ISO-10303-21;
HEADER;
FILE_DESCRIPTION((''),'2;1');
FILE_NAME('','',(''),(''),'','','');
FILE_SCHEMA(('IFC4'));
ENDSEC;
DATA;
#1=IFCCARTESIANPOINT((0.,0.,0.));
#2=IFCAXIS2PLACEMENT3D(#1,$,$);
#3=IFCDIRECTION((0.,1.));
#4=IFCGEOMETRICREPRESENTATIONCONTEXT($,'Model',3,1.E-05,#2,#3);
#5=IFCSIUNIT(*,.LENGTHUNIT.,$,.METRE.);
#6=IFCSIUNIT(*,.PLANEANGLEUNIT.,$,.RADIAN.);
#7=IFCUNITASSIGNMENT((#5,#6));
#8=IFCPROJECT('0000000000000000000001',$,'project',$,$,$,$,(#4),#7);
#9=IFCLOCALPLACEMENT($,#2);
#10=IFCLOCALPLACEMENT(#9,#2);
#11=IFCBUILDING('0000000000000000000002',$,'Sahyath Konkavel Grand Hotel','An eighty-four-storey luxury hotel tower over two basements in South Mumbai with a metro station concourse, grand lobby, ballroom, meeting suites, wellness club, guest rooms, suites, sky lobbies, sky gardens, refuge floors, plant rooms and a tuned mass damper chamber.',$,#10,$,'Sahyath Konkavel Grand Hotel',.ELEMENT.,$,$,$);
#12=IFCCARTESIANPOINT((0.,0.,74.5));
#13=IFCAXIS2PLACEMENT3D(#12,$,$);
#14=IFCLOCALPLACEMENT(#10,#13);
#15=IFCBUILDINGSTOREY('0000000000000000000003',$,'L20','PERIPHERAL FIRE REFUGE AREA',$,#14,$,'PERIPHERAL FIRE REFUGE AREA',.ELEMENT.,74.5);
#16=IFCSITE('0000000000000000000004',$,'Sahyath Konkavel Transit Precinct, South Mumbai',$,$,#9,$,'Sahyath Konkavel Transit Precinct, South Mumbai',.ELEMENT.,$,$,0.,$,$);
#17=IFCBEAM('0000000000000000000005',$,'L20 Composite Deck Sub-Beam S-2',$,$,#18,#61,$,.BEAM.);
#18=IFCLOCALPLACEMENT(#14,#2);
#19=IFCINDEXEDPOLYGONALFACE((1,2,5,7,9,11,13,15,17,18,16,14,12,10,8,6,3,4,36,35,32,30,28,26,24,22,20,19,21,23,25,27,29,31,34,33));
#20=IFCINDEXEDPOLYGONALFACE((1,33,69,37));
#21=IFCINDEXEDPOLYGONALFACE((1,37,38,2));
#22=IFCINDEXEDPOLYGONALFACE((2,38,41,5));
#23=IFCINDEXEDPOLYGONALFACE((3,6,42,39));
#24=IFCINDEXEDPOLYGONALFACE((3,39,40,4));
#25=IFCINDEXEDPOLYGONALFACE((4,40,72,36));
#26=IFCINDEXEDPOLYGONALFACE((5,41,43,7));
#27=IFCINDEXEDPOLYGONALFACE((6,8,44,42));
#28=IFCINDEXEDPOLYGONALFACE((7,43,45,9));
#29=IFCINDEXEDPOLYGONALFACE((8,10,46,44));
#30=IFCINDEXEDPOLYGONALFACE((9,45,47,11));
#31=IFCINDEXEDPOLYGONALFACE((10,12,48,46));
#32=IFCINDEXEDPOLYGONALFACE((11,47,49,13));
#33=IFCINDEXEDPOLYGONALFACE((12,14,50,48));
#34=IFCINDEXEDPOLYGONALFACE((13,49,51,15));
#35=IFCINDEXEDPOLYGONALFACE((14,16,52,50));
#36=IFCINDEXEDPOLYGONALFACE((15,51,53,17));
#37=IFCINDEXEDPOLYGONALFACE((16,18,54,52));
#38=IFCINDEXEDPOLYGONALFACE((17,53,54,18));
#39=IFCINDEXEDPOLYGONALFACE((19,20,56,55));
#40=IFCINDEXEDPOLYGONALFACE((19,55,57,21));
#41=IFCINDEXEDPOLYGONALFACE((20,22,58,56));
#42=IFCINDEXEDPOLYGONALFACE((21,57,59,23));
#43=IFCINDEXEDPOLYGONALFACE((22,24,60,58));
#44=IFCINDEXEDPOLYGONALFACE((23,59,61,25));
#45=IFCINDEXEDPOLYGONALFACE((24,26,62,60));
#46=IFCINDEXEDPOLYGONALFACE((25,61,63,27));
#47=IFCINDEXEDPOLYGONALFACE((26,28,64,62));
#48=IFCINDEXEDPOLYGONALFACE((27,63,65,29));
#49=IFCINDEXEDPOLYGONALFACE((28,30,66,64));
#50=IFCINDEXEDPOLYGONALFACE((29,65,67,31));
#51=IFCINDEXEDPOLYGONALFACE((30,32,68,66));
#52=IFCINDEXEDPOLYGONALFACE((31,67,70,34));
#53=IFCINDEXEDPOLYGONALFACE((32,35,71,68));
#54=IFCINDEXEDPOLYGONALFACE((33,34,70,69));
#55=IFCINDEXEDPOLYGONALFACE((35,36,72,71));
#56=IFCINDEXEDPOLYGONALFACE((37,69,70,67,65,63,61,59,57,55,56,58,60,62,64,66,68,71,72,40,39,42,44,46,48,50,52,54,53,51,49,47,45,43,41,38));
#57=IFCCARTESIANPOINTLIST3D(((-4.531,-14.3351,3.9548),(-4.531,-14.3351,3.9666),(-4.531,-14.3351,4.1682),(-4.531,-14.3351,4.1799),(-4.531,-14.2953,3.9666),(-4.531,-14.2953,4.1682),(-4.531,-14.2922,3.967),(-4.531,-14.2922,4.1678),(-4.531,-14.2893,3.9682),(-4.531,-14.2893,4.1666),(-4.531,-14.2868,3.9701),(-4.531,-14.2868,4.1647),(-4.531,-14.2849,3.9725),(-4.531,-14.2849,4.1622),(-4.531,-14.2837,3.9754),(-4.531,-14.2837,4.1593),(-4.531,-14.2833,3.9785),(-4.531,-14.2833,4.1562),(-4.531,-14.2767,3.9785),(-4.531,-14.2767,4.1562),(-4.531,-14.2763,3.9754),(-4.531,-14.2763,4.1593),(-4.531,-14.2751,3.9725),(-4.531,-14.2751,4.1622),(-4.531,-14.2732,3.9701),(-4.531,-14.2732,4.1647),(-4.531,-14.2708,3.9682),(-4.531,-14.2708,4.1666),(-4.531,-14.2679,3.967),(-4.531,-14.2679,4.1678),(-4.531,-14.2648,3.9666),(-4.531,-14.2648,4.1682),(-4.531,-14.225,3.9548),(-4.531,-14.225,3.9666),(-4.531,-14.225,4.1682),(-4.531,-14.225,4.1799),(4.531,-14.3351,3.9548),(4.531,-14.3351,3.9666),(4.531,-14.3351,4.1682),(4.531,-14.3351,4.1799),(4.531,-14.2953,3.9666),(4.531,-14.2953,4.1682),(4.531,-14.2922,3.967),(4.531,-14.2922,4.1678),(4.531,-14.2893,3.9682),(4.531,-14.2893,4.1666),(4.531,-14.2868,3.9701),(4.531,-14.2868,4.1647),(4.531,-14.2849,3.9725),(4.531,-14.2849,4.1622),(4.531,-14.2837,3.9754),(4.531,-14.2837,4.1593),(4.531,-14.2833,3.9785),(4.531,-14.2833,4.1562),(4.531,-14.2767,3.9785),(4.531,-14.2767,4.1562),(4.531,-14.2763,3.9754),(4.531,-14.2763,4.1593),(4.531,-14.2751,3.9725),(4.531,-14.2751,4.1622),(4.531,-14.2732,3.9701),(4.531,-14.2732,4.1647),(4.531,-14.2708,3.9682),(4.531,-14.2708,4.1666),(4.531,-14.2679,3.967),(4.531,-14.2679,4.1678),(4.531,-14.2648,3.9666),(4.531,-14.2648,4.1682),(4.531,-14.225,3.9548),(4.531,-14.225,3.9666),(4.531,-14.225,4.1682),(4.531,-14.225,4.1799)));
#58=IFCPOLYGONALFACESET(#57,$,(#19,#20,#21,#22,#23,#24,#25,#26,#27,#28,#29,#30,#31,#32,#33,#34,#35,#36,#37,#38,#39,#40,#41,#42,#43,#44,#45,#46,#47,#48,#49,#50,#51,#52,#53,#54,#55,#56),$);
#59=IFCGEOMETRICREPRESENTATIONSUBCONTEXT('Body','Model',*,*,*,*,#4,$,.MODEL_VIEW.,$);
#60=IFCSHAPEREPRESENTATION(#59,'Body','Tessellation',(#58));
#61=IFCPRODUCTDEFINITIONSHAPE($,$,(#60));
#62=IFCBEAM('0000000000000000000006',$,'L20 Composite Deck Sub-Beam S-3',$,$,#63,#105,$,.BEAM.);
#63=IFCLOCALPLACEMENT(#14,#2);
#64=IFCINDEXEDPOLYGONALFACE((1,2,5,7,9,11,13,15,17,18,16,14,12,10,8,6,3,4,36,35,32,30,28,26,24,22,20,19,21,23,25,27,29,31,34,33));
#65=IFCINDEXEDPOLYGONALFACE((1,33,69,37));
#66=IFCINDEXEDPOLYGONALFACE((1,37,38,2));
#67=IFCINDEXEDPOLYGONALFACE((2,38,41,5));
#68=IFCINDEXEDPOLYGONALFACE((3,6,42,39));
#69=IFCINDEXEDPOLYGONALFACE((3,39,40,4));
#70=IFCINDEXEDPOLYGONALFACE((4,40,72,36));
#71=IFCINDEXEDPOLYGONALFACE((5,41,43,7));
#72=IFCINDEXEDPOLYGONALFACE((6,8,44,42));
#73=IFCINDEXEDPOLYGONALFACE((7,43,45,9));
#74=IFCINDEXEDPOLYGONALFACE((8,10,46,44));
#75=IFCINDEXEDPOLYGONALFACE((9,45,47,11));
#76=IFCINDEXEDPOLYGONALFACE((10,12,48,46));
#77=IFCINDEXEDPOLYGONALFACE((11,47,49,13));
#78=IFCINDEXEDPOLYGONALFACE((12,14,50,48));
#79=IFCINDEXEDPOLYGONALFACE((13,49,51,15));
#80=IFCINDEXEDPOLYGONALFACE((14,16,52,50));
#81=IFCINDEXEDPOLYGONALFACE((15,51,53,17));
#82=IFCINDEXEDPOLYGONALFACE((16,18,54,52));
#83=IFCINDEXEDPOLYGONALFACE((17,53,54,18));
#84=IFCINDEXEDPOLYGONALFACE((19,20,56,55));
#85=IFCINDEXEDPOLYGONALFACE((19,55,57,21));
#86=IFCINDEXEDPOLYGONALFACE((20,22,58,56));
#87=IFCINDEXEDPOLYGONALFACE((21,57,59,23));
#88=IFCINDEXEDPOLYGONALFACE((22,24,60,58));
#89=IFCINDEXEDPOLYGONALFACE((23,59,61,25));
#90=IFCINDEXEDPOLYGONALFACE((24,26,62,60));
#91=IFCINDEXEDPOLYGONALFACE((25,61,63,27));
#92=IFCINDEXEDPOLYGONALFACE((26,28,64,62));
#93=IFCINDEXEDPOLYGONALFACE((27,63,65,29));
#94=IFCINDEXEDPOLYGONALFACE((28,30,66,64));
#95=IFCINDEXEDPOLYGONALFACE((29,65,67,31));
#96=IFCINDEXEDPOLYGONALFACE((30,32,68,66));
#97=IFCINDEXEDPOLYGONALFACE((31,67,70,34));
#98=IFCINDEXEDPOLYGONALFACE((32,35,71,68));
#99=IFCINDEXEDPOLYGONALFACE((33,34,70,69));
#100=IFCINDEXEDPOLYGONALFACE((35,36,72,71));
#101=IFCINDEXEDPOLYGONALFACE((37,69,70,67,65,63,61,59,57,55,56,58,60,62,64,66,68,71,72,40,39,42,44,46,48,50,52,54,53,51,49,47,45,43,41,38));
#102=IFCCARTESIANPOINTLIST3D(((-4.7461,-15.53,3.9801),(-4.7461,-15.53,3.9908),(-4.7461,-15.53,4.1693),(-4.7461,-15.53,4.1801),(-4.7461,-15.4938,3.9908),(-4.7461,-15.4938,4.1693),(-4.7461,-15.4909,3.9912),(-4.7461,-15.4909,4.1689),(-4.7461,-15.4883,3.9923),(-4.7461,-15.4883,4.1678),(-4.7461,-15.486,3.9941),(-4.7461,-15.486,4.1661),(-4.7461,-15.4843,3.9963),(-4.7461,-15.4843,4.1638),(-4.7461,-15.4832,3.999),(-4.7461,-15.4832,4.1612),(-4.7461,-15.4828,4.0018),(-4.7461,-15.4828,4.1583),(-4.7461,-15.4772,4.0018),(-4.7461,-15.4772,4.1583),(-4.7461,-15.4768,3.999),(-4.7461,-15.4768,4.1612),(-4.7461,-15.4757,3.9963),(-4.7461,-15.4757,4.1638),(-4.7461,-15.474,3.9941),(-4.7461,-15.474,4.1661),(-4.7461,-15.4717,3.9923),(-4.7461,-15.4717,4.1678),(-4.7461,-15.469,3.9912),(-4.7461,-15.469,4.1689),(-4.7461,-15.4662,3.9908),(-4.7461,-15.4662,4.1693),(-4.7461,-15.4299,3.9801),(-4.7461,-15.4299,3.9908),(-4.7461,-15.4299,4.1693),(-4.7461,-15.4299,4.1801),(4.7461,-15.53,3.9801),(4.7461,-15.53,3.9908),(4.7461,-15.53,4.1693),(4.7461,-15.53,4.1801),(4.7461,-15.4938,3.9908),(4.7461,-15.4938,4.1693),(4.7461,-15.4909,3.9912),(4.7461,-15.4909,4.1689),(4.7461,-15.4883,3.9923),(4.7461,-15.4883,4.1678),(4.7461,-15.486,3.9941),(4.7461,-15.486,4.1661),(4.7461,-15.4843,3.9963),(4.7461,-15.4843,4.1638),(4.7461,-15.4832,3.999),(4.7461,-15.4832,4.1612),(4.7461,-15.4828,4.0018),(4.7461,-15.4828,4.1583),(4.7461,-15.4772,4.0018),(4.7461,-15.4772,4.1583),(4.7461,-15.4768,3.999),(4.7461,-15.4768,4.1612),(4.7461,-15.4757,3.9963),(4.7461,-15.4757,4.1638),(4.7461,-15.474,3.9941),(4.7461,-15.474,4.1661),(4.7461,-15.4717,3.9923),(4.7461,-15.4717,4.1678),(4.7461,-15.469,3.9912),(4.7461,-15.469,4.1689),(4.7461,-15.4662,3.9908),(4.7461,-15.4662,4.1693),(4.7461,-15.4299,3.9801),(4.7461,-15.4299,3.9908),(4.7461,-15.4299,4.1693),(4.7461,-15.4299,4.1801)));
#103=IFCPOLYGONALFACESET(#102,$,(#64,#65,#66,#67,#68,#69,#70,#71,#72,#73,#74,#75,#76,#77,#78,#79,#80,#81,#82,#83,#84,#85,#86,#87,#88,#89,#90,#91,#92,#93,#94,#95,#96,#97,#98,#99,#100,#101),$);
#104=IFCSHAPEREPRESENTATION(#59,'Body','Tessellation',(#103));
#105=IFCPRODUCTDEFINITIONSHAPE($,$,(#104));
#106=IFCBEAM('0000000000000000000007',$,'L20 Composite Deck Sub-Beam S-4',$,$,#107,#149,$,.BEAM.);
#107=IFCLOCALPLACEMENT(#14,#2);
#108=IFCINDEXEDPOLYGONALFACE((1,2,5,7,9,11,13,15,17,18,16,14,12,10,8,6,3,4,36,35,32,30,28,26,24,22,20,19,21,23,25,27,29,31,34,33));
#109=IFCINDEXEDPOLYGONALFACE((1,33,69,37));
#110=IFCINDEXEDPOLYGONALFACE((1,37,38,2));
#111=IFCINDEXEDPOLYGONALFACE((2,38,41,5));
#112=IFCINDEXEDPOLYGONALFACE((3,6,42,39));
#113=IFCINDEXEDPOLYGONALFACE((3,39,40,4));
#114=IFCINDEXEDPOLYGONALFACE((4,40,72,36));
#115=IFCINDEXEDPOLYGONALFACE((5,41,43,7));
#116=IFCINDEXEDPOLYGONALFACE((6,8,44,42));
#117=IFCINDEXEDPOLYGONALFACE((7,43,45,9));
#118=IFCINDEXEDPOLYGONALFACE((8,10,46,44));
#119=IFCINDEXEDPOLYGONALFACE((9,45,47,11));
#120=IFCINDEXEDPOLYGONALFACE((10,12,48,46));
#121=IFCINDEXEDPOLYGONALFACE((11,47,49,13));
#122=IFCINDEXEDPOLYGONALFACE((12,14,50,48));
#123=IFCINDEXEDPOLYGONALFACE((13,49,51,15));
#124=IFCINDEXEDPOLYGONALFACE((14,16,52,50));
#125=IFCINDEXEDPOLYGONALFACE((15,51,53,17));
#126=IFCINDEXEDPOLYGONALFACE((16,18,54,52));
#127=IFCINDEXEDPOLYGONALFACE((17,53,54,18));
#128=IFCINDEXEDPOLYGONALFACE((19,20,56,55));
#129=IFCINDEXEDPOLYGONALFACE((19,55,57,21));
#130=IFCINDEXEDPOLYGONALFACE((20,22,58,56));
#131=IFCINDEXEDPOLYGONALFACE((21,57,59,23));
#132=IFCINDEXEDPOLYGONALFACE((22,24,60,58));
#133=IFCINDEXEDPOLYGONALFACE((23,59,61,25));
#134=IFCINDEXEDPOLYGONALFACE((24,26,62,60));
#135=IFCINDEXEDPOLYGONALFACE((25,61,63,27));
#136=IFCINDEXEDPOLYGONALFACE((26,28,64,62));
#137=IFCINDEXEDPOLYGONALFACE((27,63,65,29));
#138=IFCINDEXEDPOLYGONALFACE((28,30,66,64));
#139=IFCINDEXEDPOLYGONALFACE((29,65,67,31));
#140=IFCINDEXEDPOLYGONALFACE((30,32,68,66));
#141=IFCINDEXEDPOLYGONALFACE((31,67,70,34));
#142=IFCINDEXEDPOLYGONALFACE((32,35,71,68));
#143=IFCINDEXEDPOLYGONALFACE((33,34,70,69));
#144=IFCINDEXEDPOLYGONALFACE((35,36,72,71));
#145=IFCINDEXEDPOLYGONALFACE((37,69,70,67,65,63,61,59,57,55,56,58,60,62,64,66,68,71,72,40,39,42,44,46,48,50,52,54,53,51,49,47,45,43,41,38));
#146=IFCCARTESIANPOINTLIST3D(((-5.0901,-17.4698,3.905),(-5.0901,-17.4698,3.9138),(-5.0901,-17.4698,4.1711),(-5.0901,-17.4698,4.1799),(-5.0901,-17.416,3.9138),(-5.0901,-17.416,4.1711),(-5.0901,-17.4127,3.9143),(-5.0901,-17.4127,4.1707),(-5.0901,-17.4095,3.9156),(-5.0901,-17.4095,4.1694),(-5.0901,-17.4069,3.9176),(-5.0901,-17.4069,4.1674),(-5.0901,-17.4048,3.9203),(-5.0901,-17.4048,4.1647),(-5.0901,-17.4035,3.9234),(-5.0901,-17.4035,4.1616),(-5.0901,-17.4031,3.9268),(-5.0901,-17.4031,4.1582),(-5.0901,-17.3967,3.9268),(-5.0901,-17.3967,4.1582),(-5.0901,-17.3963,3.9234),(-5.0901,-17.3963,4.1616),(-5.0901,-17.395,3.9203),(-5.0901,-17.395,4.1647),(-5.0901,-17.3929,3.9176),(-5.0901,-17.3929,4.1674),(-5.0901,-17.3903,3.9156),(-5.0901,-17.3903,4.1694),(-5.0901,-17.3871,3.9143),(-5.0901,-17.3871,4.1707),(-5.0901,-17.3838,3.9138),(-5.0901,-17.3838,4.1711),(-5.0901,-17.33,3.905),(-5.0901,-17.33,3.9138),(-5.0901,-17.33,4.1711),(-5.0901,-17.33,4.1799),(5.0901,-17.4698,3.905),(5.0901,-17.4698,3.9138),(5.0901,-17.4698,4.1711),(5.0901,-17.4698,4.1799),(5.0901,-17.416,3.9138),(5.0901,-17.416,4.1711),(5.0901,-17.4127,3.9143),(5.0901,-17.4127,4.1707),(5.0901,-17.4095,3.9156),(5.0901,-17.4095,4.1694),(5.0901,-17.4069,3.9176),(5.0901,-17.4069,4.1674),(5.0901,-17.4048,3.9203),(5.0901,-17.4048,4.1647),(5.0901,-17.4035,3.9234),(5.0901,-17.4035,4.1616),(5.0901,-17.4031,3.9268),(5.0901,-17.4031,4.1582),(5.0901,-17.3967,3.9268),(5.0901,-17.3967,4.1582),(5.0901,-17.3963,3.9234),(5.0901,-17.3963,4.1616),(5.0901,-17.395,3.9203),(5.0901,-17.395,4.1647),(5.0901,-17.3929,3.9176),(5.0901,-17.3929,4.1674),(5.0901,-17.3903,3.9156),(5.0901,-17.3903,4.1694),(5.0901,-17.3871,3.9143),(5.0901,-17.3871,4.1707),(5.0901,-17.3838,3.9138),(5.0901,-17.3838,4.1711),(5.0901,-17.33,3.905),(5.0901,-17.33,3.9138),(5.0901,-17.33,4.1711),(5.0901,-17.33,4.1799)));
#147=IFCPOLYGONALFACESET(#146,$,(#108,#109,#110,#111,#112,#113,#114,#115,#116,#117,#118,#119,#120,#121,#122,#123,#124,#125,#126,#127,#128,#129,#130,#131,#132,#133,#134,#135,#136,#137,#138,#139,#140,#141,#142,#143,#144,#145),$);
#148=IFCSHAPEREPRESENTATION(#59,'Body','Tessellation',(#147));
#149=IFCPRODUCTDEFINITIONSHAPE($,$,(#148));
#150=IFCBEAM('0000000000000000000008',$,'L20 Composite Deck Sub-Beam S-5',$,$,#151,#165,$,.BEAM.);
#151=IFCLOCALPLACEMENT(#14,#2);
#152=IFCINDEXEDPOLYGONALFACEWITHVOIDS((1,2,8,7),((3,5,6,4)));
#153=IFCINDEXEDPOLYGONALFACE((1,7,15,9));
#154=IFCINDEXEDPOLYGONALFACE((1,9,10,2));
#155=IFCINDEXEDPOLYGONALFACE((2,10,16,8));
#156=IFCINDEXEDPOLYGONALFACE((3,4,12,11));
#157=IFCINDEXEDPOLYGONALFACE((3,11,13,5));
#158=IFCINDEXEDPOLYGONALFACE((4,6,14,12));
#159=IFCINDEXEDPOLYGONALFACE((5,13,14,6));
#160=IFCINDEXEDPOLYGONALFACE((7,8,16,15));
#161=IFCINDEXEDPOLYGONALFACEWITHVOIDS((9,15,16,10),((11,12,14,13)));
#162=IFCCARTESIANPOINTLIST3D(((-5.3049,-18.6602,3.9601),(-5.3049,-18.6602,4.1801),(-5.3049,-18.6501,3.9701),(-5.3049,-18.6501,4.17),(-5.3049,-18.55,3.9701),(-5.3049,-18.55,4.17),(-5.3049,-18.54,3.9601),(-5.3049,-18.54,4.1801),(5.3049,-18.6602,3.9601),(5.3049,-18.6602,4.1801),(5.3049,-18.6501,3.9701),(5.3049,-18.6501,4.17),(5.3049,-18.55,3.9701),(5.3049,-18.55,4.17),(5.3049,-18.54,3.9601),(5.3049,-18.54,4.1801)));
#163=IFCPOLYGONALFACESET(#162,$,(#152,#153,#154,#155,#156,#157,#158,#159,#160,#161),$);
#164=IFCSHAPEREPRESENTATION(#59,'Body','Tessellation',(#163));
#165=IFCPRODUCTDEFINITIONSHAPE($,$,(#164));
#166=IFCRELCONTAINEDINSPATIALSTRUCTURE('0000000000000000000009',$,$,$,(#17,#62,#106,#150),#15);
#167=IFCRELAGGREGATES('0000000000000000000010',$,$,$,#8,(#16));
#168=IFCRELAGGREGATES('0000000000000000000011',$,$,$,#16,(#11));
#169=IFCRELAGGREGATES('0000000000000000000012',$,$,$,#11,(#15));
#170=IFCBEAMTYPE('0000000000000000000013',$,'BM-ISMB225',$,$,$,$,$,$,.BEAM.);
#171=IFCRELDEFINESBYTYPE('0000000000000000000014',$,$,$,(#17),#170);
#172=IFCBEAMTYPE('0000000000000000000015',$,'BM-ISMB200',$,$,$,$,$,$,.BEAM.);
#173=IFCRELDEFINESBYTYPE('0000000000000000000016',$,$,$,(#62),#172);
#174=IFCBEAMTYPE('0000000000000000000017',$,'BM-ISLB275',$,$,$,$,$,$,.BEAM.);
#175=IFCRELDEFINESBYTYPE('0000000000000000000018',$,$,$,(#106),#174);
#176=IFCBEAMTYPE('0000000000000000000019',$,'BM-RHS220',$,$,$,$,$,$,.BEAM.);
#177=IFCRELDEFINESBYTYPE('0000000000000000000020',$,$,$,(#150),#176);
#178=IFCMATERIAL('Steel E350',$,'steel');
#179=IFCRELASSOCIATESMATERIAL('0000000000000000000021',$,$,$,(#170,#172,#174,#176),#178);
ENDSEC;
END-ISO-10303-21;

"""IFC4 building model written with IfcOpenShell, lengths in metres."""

from ifc_helpers import new_model, si_unit, direction, frame, origin, origin_2d, place, context, subcontext, project, spatial, hollow_rectangle, i_section, extrude, source, transform, mapped, material, material_profile, profile_set, type_object, element, save


model = new_model("IFC4")

# Units and contexts
model_context = context("Model", 3, precision=1e-05, world=origin(), true_north=direction((0.0, 1.0)))
body_context = subcontext(model_context, "Body", "Model", "MODEL_VIEW")
ifc_project = project(units=[si_unit("LENGTHUNIT", "METRE"), si_unit("PLANEANGLEUNIT", "RADIAN")], contexts=[model_context])

# Site, building, storey
site_placement = place(None, origin())
site = spatial("IfcSite", under=ifc_project, at=site_placement, Name="Sahyath Konkavel Transit Precinct, South Mumbai", LongName="Sahyath Konkavel Transit Precinct, South Mumbai", CompositionType="ELEMENT", RefElevation=0.0)
building_placement = place(site_placement, origin())
building = spatial("IfcBuilding", under=site, at=building_placement, Name="Sahyath Konkavel Grand Hotel", Description="An eighty-four-storey luxury hotel tower over two basements in South Mumbai with a metro station concourse, grand lobby, ballroom, meeting suites, wellness club, guest rooms, suites, sky lobbies, sky gardens, refuge floors, plant rooms and a tuned mass damper chamber.", LongName="Sahyath Konkavel Grand Hotel", CompositionType="ELEMENT")
storey_placement = place(building_placement, frame((0.0, 0.0, 74.5)))
storey = spatial("IfcBuildingStorey", under=building, at=storey_placement, Name="L20", Description="PERIPHERAL FIRE REFUGE AREA", LongName="PERIPHERAL FIRE REFUGE AREA", CompositionType="ELEMENT", Elevation=74.5)

# Shared definitions
ifc_material_1 = material(Name="Steel E350", Category="steel")

# Beams
ifc_material_profile_1 = material_profile(ifc_material_1, i_section(OverallWidth=0.1101, OverallDepth=0.2251, WebThickness=0.0066, FlangeThickness=0.0117, FilletRadius=0.012, at=origin_2d()), Name="ISMB 225")
ifc_profile_set_1 = profile_set([ifc_material_profile_1], Name="Steel E350")
beam_type_1 = type_object("IfcBeamType", Name="BM-ISMB225", PredefinedType="BEAM", material=ifc_profile_set_1)
shared_shape_1 = source(origin(), body_context, "Body", "SweptSolid", [
    extrude(i_section(OverallWidth=0.1101, OverallDepth=0.2251, WebThickness=0.0066, FlangeThickness=0.0117, FilletRadius=0.012, at=origin_2d()), origin(), (0.0, 0.0, 1.0), 9.062),
])
beam_1_placement = place(storey_placement, frame((-4.531, -14.28, 4.0674), z_axis=(1.0, 0.0, 0.0), x_axis=(0.0, 1.0, 0.0)))
element("IfcBeam", 1, at=beam_1_placement, inside=storey, type_object=beam_type_1, Name="L20 Composite Deck Sub-Beam S-2", PredefinedType="BEAM", context=body_context, shape_type="MappedRepresentation", body=[
    mapped(shared_shape_1, transform((0.0, 0.0, 0.0), scale=1.0)),
])
ifc_material_profile_2 = material_profile(ifc_material_1, i_section(OverallWidth=0.1001, OverallDepth=0.2, WebThickness=0.0056, FlangeThickness=0.0107, FilletRadius=0.011, at=origin_2d()), Name="ISMB 200")
ifc_profile_set_2 = profile_set([ifc_material_profile_2], Name="Steel E350")
beam_type_2 = type_object("IfcBeamType", Name="BM-ISMB200", PredefinedType="BEAM", material=ifc_profile_set_2)
shared_shape_2 = source(origin(), body_context, "Body", "SweptSolid", [
    extrude(i_section(OverallWidth=0.1001, OverallDepth=0.2, WebThickness=0.0056, FlangeThickness=0.0107, FilletRadius=0.011, at=origin_2d()), origin(), (0.0, 0.0, 1.0), 9.4922),
])
beam_2_placement = place(storey_placement, frame((-4.7461, -15.48, 4.0801), z_axis=(1.0, 0.0, 0.0), x_axis=(0.0, 1.0, 0.0)))
element("IfcBeam", 2, at=beam_2_placement, inside=storey, type_object=beam_type_2, Name="L20 Composite Deck Sub-Beam S-3", PredefinedType="BEAM", context=body_context, shape_type="MappedRepresentation", body=[
    mapped(shared_shape_2, transform((0.0, 0.0, 0.0), scale=1.0)),
])
ifc_material_profile_3 = material_profile(ifc_material_1, i_section(OverallWidth=0.1399, OverallDepth=0.2749, WebThickness=0.0063, FlangeThickness=0.0088, FilletRadius=0.0129, at=origin_2d()), Name="ISLB 275")
ifc_profile_set_3 = profile_set([ifc_material_profile_3], Name="Steel E350")
beam_type_3 = type_object("IfcBeamType", Name="BM-ISLB275", PredefinedType="BEAM", material=ifc_profile_set_3)
shared_shape_3 = source(origin(), body_context, "Body", "SweptSolid", [
    extrude(i_section(OverallWidth=0.1399, OverallDepth=0.2749, WebThickness=0.0063, FlangeThickness=0.0088, FilletRadius=0.0129, at=origin_2d()), origin(), (0.0, 0.0, 1.0), 10.1802),
])
beam_3_placement = place(storey_placement, frame((-5.0901, -17.3999, 4.0425), z_axis=(1.0, 0.0, 0.0), x_axis=(0.0, 1.0, 0.0)))
element("IfcBeam", 3, at=beam_3_placement, inside=storey, type_object=beam_type_3, Name="L20 Composite Deck Sub-Beam S-4", PredefinedType="BEAM", context=body_context, shape_type="MappedRepresentation", body=[
    mapped(shared_shape_3, transform((0.0, 0.0, 0.0), scale=1.0)),
])
ifc_material_profile_4 = material_profile(ifc_material_1, hollow_rectangle(XDim=0.1201, YDim=0.22, WallThickness=0.01, at=origin_2d()), Name="RHS 220x120x10")
ifc_profile_set_4 = profile_set([ifc_material_profile_4], Name="Steel E350")
beam_type_4 = type_object("IfcBeamType", Name="BM-RHS220", PredefinedType="BEAM", material=ifc_profile_set_4)
shared_shape_4 = source(origin(), body_context, "Body", "SweptSolid", [
    extrude(hollow_rectangle(XDim=0.1201, YDim=0.22, WallThickness=0.01, at=origin_2d()), origin(), (0.0, 0.0, 1.0), 10.6099),
])
beam_4_placement = place(storey_placement, frame((-5.3049, -18.6001, 4.0701), z_axis=(1.0, 0.0, 0.0), x_axis=(0.0, 1.0, 0.0)))
element("IfcBeam", 4, at=beam_4_placement, inside=storey, type_object=beam_type_4, Name="L20 Composite Deck Sub-Beam S-5", PredefinedType="BEAM", context=body_context, shape_type="MappedRepresentation", body=[
    mapped(shared_shape_4, transform((0.0, 0.0, 0.0), scale=1.0)),
])

save(model, "model.ifc")
